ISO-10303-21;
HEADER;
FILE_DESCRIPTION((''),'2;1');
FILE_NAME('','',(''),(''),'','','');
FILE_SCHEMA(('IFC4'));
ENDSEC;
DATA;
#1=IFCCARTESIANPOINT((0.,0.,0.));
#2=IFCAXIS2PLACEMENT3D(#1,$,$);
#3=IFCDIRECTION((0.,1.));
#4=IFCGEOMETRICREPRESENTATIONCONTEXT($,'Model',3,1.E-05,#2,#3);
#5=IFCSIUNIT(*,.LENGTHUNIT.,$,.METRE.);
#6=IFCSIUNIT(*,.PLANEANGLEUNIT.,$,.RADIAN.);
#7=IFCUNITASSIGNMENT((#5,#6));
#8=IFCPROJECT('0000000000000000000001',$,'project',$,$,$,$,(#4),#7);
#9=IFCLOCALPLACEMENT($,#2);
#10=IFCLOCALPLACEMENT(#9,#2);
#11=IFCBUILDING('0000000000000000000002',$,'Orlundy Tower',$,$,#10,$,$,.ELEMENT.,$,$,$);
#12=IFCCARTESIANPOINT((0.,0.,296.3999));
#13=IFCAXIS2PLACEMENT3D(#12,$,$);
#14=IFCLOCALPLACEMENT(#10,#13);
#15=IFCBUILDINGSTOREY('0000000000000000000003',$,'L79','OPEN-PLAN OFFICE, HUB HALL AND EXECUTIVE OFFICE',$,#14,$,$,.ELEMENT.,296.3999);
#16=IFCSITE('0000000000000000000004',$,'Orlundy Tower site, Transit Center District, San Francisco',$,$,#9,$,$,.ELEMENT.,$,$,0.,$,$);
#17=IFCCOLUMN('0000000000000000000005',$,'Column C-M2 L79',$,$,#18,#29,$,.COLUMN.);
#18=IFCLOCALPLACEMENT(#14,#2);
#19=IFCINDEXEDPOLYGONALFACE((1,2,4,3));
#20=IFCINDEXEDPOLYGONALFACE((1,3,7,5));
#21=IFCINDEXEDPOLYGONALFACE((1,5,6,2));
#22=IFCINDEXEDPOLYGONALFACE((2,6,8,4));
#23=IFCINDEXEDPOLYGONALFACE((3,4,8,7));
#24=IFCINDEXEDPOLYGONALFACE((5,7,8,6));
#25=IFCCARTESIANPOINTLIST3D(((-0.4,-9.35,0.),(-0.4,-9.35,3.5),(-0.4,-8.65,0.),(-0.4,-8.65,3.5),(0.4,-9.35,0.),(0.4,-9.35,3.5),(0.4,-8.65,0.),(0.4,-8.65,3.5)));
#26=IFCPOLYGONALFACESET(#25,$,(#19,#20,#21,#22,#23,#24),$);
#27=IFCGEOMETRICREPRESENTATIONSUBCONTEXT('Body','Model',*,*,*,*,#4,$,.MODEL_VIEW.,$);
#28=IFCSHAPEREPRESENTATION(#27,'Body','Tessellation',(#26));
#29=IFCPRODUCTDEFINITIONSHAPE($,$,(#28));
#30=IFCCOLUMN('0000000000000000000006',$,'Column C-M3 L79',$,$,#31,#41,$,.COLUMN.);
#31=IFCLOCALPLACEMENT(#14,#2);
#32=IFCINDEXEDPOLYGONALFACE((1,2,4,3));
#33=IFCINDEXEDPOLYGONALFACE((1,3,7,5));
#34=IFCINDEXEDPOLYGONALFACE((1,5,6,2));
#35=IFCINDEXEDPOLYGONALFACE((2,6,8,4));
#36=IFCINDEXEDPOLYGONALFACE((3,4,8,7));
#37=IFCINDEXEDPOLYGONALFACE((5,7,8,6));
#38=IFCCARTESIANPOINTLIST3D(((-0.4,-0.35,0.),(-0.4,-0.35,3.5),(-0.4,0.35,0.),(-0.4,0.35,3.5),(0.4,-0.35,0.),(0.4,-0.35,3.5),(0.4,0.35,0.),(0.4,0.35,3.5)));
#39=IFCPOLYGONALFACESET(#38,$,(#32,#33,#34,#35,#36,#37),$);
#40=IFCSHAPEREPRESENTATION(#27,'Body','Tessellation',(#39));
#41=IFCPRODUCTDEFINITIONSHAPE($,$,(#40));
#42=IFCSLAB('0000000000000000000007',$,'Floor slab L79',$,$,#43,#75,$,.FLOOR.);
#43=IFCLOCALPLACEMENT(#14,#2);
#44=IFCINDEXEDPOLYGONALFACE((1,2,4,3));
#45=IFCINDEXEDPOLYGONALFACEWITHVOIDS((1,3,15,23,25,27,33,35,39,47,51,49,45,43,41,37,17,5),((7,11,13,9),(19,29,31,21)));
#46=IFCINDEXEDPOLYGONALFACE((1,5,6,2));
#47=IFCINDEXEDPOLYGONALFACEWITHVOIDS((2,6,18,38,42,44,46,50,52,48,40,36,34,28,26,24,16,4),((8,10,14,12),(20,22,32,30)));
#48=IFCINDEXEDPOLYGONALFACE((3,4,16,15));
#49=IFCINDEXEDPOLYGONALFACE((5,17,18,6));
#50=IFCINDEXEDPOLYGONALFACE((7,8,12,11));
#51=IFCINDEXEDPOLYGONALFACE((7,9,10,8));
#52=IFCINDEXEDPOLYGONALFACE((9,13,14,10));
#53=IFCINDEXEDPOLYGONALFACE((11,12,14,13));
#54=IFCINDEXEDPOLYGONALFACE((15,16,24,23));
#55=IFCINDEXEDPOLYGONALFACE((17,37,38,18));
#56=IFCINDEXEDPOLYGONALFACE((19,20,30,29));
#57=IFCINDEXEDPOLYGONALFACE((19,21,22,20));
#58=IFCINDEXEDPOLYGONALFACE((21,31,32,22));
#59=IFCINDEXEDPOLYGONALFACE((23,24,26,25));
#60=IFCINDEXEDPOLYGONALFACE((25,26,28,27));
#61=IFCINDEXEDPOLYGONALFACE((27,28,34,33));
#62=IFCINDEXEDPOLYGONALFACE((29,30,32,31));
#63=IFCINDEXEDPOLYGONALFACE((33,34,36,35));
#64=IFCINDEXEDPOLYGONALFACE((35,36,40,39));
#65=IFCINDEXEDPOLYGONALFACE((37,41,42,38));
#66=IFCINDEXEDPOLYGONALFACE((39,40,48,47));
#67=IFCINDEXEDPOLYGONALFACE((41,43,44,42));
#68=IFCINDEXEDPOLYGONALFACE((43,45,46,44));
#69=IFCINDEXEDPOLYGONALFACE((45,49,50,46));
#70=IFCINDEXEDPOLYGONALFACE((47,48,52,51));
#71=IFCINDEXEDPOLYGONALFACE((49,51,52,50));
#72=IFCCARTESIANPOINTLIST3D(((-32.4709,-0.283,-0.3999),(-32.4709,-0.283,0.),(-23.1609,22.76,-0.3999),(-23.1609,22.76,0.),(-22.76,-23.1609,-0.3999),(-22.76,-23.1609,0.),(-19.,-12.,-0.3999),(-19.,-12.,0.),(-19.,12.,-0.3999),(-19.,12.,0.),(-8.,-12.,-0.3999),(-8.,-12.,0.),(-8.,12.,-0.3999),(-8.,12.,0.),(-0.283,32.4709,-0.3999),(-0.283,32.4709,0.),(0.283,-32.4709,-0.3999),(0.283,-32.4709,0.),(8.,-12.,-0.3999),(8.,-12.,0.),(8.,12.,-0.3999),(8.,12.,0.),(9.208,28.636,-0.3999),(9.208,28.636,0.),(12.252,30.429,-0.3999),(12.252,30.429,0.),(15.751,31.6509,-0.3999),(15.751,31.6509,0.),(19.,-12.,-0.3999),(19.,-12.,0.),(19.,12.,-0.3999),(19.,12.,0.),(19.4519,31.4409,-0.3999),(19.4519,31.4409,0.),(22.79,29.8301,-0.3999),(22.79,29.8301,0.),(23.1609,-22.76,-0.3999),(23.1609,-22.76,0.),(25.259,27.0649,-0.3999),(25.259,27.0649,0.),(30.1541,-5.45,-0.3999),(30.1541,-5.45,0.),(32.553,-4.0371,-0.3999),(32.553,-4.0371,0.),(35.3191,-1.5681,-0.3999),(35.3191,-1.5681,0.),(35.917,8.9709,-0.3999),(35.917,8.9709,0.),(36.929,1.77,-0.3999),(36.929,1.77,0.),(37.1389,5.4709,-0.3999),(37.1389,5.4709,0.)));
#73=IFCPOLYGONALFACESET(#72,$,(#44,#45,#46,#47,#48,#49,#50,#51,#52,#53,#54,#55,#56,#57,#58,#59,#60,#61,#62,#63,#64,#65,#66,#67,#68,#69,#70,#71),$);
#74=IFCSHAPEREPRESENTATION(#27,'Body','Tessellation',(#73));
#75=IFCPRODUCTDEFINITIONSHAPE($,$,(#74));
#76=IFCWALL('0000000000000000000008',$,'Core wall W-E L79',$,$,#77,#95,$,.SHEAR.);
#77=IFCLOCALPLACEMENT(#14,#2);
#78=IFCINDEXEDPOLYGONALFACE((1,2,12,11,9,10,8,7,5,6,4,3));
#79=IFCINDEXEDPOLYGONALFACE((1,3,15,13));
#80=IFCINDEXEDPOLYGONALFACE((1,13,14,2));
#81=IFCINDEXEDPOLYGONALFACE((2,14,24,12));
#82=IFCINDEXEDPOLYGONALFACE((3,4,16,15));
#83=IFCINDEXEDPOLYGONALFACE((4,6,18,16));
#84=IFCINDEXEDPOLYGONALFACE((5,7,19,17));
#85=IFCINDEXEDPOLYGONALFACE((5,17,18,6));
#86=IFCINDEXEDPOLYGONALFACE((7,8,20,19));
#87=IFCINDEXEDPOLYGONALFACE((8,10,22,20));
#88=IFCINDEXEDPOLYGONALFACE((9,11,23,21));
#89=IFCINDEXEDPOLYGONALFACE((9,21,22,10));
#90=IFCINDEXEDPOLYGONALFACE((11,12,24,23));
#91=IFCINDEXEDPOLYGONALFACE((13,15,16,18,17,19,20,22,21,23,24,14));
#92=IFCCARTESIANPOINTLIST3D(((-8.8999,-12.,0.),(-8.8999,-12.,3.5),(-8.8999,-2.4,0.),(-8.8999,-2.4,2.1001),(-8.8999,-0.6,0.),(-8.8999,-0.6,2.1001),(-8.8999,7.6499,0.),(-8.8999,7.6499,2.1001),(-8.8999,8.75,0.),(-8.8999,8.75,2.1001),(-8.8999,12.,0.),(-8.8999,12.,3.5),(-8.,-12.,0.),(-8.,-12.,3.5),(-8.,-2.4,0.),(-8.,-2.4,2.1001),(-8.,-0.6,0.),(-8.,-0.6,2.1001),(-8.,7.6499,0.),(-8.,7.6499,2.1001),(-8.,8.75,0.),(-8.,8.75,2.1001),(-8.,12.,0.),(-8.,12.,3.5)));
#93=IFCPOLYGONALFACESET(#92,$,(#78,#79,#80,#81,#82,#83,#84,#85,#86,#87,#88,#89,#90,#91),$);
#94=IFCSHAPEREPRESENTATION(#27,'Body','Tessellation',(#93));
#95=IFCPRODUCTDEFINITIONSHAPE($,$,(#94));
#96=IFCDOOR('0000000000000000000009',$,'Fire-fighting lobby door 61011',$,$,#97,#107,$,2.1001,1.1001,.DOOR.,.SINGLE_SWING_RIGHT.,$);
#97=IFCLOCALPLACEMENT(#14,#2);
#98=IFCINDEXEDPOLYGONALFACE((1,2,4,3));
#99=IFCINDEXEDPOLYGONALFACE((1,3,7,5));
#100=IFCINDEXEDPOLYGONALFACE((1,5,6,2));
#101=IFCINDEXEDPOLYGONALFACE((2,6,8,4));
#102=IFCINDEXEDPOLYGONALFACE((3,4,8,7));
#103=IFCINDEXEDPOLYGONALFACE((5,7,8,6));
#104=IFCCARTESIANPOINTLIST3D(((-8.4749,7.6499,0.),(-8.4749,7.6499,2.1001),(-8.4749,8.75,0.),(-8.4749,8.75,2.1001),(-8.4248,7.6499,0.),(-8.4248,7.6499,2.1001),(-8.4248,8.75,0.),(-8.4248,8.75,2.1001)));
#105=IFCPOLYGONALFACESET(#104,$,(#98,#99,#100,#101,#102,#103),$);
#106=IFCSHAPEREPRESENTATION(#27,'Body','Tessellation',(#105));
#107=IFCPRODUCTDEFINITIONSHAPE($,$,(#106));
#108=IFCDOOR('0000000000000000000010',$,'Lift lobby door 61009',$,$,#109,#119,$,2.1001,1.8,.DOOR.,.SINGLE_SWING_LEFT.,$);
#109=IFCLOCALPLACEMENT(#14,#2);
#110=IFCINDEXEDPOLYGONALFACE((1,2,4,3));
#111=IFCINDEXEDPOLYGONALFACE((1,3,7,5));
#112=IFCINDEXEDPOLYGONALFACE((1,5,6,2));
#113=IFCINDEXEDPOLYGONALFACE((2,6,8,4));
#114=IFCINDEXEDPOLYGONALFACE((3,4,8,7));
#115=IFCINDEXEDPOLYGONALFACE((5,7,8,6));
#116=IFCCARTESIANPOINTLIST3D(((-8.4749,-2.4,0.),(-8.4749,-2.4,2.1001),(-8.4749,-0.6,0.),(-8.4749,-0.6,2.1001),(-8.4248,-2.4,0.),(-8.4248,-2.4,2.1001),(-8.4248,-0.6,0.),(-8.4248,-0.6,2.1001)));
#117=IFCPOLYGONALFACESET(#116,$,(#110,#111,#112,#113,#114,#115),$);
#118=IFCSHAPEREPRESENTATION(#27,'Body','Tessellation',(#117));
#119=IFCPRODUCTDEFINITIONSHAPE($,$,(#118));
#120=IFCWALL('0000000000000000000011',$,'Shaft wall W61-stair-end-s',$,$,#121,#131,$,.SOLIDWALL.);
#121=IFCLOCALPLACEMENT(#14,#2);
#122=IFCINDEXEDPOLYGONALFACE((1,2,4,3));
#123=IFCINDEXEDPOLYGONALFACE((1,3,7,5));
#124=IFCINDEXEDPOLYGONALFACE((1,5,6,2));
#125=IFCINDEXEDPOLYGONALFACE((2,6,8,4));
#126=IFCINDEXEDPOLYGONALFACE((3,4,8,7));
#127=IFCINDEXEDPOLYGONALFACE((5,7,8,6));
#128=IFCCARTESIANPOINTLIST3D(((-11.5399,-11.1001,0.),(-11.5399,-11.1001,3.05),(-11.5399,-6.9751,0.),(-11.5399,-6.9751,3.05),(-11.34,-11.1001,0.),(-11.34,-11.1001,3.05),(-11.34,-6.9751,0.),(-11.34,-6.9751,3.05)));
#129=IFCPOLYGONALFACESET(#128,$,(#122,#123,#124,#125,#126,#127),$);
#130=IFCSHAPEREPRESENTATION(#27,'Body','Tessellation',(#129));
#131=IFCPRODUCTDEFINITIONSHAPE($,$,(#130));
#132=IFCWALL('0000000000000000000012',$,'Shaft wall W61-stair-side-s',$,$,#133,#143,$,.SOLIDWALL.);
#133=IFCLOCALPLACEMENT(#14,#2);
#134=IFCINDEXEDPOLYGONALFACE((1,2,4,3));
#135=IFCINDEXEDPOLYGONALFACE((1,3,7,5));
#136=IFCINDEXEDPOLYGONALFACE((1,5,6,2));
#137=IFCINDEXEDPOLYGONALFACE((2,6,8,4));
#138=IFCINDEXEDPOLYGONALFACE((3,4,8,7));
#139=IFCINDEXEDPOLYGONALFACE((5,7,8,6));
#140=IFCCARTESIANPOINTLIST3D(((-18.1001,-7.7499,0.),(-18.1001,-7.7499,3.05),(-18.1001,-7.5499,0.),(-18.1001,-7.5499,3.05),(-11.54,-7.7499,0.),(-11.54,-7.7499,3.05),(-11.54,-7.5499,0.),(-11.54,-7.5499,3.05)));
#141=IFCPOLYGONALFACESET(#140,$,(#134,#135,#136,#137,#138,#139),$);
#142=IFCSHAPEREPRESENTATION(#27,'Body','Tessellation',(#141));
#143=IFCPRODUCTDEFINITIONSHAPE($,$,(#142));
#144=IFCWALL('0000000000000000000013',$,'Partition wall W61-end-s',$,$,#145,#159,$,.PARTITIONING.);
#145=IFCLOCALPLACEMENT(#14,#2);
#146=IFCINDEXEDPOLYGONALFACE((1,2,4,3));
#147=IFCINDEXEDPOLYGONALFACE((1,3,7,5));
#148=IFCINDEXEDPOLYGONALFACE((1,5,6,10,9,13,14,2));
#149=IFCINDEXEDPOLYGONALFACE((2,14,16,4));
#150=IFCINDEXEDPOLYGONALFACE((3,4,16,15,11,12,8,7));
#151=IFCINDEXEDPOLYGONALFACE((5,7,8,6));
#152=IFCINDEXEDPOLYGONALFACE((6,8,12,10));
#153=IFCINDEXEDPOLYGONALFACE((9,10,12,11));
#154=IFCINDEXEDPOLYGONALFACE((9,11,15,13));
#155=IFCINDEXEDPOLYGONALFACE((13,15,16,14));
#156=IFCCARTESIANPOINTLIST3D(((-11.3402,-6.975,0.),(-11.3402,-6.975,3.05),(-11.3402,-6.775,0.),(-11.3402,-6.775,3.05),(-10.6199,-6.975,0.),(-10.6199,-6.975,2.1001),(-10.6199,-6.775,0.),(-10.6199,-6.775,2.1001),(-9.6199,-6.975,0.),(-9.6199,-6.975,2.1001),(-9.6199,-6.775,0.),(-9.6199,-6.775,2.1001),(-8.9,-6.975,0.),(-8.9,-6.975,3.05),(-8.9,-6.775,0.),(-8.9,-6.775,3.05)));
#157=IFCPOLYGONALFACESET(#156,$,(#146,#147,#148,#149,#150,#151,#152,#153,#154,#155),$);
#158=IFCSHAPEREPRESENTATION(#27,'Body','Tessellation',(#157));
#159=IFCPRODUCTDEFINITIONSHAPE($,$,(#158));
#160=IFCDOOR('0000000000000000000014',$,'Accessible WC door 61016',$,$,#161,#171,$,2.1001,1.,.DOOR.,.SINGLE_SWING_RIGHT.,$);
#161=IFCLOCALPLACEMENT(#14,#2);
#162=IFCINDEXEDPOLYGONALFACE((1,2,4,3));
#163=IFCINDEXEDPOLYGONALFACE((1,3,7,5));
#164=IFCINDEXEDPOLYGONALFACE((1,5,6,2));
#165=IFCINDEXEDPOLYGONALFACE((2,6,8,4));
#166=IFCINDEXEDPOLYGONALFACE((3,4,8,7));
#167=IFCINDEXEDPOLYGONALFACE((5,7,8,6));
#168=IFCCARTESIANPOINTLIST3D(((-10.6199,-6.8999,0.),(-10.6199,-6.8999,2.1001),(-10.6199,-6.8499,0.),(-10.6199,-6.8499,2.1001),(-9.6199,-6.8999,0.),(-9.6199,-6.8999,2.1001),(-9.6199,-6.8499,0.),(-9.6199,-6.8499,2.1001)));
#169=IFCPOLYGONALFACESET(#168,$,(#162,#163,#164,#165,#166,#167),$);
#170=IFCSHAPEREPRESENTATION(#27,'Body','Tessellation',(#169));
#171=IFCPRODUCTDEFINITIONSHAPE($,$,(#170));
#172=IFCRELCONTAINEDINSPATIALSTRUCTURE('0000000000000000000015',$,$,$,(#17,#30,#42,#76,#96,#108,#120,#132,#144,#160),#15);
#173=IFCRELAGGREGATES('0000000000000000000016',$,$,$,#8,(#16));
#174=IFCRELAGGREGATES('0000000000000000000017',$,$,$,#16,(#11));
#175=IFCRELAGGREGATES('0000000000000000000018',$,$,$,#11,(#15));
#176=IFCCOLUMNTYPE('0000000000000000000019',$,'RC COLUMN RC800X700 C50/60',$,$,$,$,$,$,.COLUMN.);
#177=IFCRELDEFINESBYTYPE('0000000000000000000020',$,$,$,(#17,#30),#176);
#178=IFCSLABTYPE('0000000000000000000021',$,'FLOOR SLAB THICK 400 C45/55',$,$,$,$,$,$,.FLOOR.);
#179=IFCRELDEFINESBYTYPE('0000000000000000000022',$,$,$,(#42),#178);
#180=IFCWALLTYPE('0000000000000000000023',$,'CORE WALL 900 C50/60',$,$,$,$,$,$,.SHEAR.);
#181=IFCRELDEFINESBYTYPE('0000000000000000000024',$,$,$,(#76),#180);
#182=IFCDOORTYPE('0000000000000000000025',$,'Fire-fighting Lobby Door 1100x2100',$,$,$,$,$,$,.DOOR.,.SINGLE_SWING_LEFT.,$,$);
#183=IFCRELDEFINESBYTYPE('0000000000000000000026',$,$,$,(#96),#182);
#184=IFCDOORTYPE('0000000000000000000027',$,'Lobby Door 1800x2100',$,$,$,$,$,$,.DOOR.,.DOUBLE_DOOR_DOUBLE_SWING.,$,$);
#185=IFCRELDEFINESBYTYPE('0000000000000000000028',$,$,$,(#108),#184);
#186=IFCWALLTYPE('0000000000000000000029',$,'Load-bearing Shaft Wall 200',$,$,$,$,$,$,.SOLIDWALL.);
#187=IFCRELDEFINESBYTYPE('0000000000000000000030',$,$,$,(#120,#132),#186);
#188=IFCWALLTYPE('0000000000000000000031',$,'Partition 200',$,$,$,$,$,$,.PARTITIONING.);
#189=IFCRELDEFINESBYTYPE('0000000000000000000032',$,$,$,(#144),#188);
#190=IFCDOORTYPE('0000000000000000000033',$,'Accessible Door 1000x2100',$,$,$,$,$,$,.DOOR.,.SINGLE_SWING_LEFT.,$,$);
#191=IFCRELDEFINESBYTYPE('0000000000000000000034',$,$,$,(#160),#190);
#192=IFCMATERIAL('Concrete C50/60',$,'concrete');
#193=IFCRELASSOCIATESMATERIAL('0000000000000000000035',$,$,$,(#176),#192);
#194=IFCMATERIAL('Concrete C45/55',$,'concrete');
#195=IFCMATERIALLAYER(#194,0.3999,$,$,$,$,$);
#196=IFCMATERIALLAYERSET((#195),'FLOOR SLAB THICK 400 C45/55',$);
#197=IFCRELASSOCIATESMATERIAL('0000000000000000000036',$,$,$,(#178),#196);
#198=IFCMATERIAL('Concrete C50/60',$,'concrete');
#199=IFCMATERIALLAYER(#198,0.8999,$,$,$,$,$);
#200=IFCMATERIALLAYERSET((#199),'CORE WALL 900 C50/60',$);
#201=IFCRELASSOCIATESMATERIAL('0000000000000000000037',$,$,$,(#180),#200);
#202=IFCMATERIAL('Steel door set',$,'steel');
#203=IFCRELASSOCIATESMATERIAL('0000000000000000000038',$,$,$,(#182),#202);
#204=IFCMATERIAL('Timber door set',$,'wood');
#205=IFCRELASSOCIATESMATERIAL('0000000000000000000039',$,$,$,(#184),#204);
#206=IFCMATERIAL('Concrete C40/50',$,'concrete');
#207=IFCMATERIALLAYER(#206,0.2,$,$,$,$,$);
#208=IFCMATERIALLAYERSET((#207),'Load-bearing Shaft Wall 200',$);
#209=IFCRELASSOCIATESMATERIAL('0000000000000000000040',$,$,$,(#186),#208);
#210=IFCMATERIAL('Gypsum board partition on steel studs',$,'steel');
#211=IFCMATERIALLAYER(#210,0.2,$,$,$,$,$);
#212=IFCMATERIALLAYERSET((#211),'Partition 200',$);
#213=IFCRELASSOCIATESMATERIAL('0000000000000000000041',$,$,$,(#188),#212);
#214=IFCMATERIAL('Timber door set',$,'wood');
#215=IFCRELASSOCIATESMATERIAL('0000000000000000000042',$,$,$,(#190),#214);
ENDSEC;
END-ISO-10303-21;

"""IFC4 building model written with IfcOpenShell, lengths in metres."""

from ifc_helpers import new_model, si_unit, direction, frame, frame_2d, origin, origin_2d, place, context, subcontext, project, spatial, polyline, rectangle, outline, extrude, material, layer, layer_set, material_profile, profile_set, type_object, element, fill, save


model = new_model("IFC4")

# Units and contexts
model_context = context("Model", 3, precision=1e-05, world=origin(), true_north=direction((0.0, 1.0)))
body_context = subcontext(model_context, "Body", "Model", "MODEL_VIEW")
ifc_project = project(units=[si_unit("LENGTHUNIT", "METRE"), si_unit("PLANEANGLEUNIT", "RADIAN")], contexts=[model_context])

# Site, building, storey
site_placement = place(None, origin())
site = spatial("IfcSite", under=ifc_project, at=site_placement, Name="Orlundy Tower site, Transit Center District, San Francisco", CompositionType="ELEMENT", RefElevation=0.0)
building_placement = place(site_placement, origin())
building = spatial("IfcBuilding", under=site, at=building_placement, Name="Orlundy Tower", CompositionType="ELEMENT")
storey_placement = place(building_placement, frame((0.0, 0.0, 296.3999)))
storey = spatial("IfcBuildingStorey", under=building, at=storey_placement, Name="L79", Description="OPEN-PLAN OFFICE, HUB HALL AND EXECUTIVE OFFICE", CompositionType="ELEMENT", Elevation=296.3999)

# Columns
ifc_material_1 = material(Name="Concrete C50/60", Category="concrete")
ifc_material_profile = material_profile(ifc_material_1, rectangle(XDim=0.8, YDim=0.7, at=origin_2d()), Name="RC800X700")
ifc_profile_set = profile_set([ifc_material_profile], Name="Concrete C50/60")
column_type = type_object("IfcColumnType", Name="RC COLUMN RC800X700 C50/60", PredefinedType="COLUMN", material=ifc_profile_set)
for number, where, z_axis, x_axis, name in (
    (1, (0.0, -9.0, 0.0), (0.0, 0.0, 1.0), (1.0, 0.0, 0.0), "Column C-M2 L79"),
    (2, (0.0, 0.0, 0.0), (0.0, 0.0, 1.0), (1.0, 0.0, 0.0), "Column C-M3 L79"),
):
    element("IfcColumn", number, at=place(storey_placement, frame(where, z_axis=z_axis, x_axis=x_axis)), inside=storey, type_object=column_type, Name=name, PredefinedType="COLUMN", context=body_context, shape_type="SweptSolid", body=[
        extrude(rectangle(XDim=0.8, YDim=0.7, at=origin_2d()), origin(), (0.0, 0.0, 1.0), 3.5),
    ])

# Slab
ifc_material_2 = material(Name="Concrete C45/55", Category="concrete")
ifc_layer_1 = layer(ifc_material_2, 0.3999)
ifc_layer_set_1 = layer_set([ifc_layer_1], Name="FLOOR SLAB THICK 400 C45/55")
slab_type = type_object("IfcSlabType", Name="FLOOR SLAB THICK 400 C45/55", PredefinedType="FLOOR", material=ifc_layer_set_1)
slab_placement = place(storey_placement, frame((0.0, 0.0, -0.3999)))
element("IfcSlab", 3, at=slab_placement, inside=storey, type_object=slab_type, Name="Floor slab L79", PredefinedType="FLOOR", context=body_context, shape_type="SweptSolid", body=[
    extrude(outline(polyline([(30.1541, -5.45), (23.1609, -22.76), (0.283, -32.4709), (-22.76, -23.1609), (-32.4709, -0.283), (-23.1609, 22.76), (-0.283, 32.4709), (9.208, 28.636), (12.252, 30.429), (15.751, 31.6509), (19.4519, 31.4409), (22.79, 29.8301), (25.259, 27.0649), (35.917, 8.9709), (37.1389, 5.4709), (36.929, 1.77), (35.3191, -1.5681), (32.553, -4.0371), (30.1541, -5.45)]), holes=[polyline([(-8.0, -12.0), (-8.0, 12.0), (-19.0, 12.0), (-19.0, -12.0), (-8.0, -12.0)]), polyline([(19.0, -12.0), (19.0, 12.0), (8.0, 12.0), (8.0, -12.0), (19.0, -12.0)])]), origin(), (0.0, 0.0, 1.0), 0.3999),
])

# Wall, openings, doors
ifc_material_3 = material(Name="Concrete C50/60", Category="concrete")
ifc_layer_2 = layer(ifc_material_3, 0.8999)
ifc_layer_set_2 = layer_set([ifc_layer_2], Name="CORE WALL 900 C50/60")
wall_type_1 = type_object("IfcWallType", Name="CORE WALL 900 C50/60", PredefinedType="SHEAR", material=ifc_layer_set_2)
wall_1_placement = place(storey_placement, frame((-8.45, -12.0, 0.0), z_axis=(0.0, 0.0, 1.0), x_axis=(0.0, 1.0, 0.0)))
wall_1 = element("IfcWall", 4, at=wall_1_placement, inside=storey, type_object=wall_type_1, Name="Core wall W-E L79", PredefinedType="SHEAR", context=body_context, shape_type="SweptSolid", body=[
    extrude(rectangle(XDim=24.0, YDim=0.8999, at=frame_2d((12.0, 0.0))), origin(), (0.0, 0.0, 1.0), 3.5),
])
opening_1_placement = place(wall_1_placement, frame((9.6001, 0.0, 0.0)))
opening_1 = element("IfcOpeningElement", 5, at=opening_1_placement, cuts=wall_1, PredefinedType="OPENING", context=body_context, shape_type="SweptSolid", body=[
    extrude(rectangle(XDim=1.8, YDim=2.1001, at=frame_2d((0.8999, 1.05))), frame((0.0, 0.46, 0.0), z_axis=(0.0, -1.0, 0.0), x_axis=(1.0, 0.0, 0.0)), (0.0, 0.0, 1.0), 0.9199),
])
opening_2_placement = place(wall_1_placement, frame((19.6499, 0.0, 0.0)))
opening_2 = element("IfcOpeningElement", 6, at=opening_2_placement, cuts=wall_1, PredefinedType="OPENING", context=body_context, shape_type="SweptSolid", body=[
    extrude(rectangle(XDim=1.1001, YDim=2.1001, at=frame_2d((0.55, 1.05))), frame((0.0, 0.46, 0.0), z_axis=(0.0, -1.0, 0.0), x_axis=(1.0, 0.0, 0.0)), (0.0, 0.0, 1.0), 0.9199),
])
ifc_material_4 = material(Name="Steel door set", Category="steel")
door_type_1 = type_object("IfcDoorType", Name="Fire-fighting Lobby Door 1100x2100", OperationType="SINGLE_SWING_LEFT", PredefinedType="DOOR", material=ifc_material_4)
door_1_placement = place(opening_2_placement, origin())
door_1 = element("IfcDoor", 7, at=door_1_placement, inside=storey, type_object=door_type_1, Name="Fire-fighting lobby door 61011", OperationType="SINGLE_SWING_RIGHT", OverallHeight=2.1001, OverallWidth=1.1001, PredefinedType="DOOR", context=body_context, shape_type="SweptSolid", body=[
    extrude(rectangle(XDim=1.1001, YDim=2.1001, at=frame_2d((0.55, 1.05))), frame((0.0, 0.0249, 0.0), z_axis=(0.0, -1.0, 0.0), x_axis=(1.0, 0.0, 0.0)), (0.0, 0.0, 1.0), 0.05),
])
fill(opening_2, door_1)
ifc_material_5 = material(Name="Timber door set", Category="wood")
door_type_2 = type_object("IfcDoorType", Name="Lobby Door 1800x2100", OperationType="DOUBLE_DOOR_DOUBLE_SWING", PredefinedType="DOOR", material=ifc_material_5)
door_2_placement = place(opening_1_placement, origin())
door_2 = element("IfcDoor", 8, at=door_2_placement, inside=storey, type_object=door_type_2, Name="Lift lobby door 61009", OperationType="SINGLE_SWING_LEFT", OverallHeight=2.1001, OverallWidth=1.8, PredefinedType="DOOR", context=body_context, shape_type="SweptSolid", body=[
    extrude(rectangle(XDim=1.8, YDim=2.1001, at=frame_2d((0.8999, 1.05))), frame((0.0, 0.0249, 0.0), z_axis=(0.0, -1.0, 0.0), x_axis=(1.0, 0.0, 0.0)), (0.0, 0.0, 1.0), 0.05),
])
fill(opening_1, door_2)

# Walls
ifc_material_6 = material(Name="Concrete C40/50", Category="concrete")
ifc_layer_3 = layer(ifc_material_6, 0.2)
ifc_layer_set_3 = layer_set([ifc_layer_3], Name="Load-bearing Shaft Wall 200")
wall_type_2 = type_object("IfcWallType", Name="Load-bearing Shaft Wall 200", PredefinedType="SOLIDWALL", material=ifc_layer_set_3)
wall_2_placement = place(storey_placement, frame((-11.4399, -11.1001, 0.0), z_axis=(0.0, 0.0, 1.0), x_axis=(0.0, 1.0, 0.0)))
element("IfcWall", 9, at=wall_2_placement, inside=storey, type_object=wall_type_2, Name="Shaft wall W61-stair-end-s", PredefinedType="SOLIDWALL", context=body_context, shape_type="SweptSolid", body=[
    extrude(rectangle(XDim=4.125, YDim=0.2, at=frame_2d((2.0625, 0.0))), origin(), (0.0, 0.0, 1.0), 3.05),
])
wall_3_placement = place(storey_placement, frame((-11.54, -7.6499, 0.0), z_axis=(0.0, 0.0, 1.0), x_axis=(-1.0, 0.0, 0.0)))
element("IfcWall", 10, at=wall_3_placement, inside=storey, type_object=wall_type_2, Name="Shaft wall W61-stair-side-s", PredefinedType="SOLIDWALL", context=body_context, shape_type="SweptSolid", body=[
    extrude(rectangle(XDim=6.5601, YDim=0.2, at=frame_2d((3.28, 0.0))), origin(), (0.0, 0.0, 1.0), 3.05),
])

# Wall, opening, door
ifc_material_7 = material(Name="Gypsum board partition on steel studs", Category="steel")
ifc_layer_4 = layer(ifc_material_7, 0.2)
ifc_layer_set_4 = layer_set([ifc_layer_4], Name="Partition 200")
wall_type_3 = type_object("IfcWallType", Name="Partition 200", PredefinedType="PARTITIONING", material=ifc_layer_set_4)
wall_4_placement = place(storey_placement, frame((-8.8999, -6.875, 0.0), z_axis=(0.0, 0.0, 1.0), x_axis=(-1.0, 0.0, 0.0)))
wall_4 = element("IfcWall", 11, at=wall_4_placement, inside=storey, type_object=wall_type_3, Name="Partition wall W61-end-s", PredefinedType="PARTITIONING", context=body_context, shape_type="SweptSolid", body=[
    extrude(rectangle(XDim=2.4402, YDim=0.2, at=frame_2d((1.2202, 0.0))), origin(), (0.0, 0.0, 1.0), 3.05),
])
opening_3_placement = place(wall_4_placement, frame((0.72, 0.0, 0.0)))
opening_3 = element("IfcOpeningElement", 12, at=opening_3_placement, cuts=wall_4, PredefinedType="OPENING", context=body_context, shape_type="SweptSolid", body=[
    extrude(rectangle(XDim=1.0, YDim=2.1001, at=frame_2d((0.5, 1.05))), frame((0.0, 0.1101, 0.0), z_axis=(0.0, -1.0, 0.0), x_axis=(1.0, 0.0, 0.0)), (0.0, 0.0, 1.0), 0.2202),
])
ifc_material_8 = material(Name="Timber door set", Category="wood")
door_type_3 = type_object("IfcDoorType", Name="Accessible Door 1000x2100", OperationType="SINGLE_SWING_LEFT", PredefinedType="DOOR", material=ifc_material_8)
door_3_placement = place(opening_3_placement, origin())
door_3 = element("IfcDoor", 13, at=door_3_placement, inside=storey, type_object=door_type_3, Name="Accessible WC door 61016", OperationType="SINGLE_SWING_RIGHT", OverallHeight=2.1001, OverallWidth=1.0, PredefinedType="DOOR", context=body_context, shape_type="SweptSolid", body=[
    extrude(rectangle(XDim=1.0, YDim=2.1001, at=frame_2d((0.5, 1.05))), frame((0.0, 0.0249, 0.0), z_axis=(0.0, -1.0, 0.0), x_axis=(1.0, 0.0, 0.0)), (0.0, 0.0, 1.0), 0.05),
])
fill(opening_3, door_3)

save(model, "model.ifc")
